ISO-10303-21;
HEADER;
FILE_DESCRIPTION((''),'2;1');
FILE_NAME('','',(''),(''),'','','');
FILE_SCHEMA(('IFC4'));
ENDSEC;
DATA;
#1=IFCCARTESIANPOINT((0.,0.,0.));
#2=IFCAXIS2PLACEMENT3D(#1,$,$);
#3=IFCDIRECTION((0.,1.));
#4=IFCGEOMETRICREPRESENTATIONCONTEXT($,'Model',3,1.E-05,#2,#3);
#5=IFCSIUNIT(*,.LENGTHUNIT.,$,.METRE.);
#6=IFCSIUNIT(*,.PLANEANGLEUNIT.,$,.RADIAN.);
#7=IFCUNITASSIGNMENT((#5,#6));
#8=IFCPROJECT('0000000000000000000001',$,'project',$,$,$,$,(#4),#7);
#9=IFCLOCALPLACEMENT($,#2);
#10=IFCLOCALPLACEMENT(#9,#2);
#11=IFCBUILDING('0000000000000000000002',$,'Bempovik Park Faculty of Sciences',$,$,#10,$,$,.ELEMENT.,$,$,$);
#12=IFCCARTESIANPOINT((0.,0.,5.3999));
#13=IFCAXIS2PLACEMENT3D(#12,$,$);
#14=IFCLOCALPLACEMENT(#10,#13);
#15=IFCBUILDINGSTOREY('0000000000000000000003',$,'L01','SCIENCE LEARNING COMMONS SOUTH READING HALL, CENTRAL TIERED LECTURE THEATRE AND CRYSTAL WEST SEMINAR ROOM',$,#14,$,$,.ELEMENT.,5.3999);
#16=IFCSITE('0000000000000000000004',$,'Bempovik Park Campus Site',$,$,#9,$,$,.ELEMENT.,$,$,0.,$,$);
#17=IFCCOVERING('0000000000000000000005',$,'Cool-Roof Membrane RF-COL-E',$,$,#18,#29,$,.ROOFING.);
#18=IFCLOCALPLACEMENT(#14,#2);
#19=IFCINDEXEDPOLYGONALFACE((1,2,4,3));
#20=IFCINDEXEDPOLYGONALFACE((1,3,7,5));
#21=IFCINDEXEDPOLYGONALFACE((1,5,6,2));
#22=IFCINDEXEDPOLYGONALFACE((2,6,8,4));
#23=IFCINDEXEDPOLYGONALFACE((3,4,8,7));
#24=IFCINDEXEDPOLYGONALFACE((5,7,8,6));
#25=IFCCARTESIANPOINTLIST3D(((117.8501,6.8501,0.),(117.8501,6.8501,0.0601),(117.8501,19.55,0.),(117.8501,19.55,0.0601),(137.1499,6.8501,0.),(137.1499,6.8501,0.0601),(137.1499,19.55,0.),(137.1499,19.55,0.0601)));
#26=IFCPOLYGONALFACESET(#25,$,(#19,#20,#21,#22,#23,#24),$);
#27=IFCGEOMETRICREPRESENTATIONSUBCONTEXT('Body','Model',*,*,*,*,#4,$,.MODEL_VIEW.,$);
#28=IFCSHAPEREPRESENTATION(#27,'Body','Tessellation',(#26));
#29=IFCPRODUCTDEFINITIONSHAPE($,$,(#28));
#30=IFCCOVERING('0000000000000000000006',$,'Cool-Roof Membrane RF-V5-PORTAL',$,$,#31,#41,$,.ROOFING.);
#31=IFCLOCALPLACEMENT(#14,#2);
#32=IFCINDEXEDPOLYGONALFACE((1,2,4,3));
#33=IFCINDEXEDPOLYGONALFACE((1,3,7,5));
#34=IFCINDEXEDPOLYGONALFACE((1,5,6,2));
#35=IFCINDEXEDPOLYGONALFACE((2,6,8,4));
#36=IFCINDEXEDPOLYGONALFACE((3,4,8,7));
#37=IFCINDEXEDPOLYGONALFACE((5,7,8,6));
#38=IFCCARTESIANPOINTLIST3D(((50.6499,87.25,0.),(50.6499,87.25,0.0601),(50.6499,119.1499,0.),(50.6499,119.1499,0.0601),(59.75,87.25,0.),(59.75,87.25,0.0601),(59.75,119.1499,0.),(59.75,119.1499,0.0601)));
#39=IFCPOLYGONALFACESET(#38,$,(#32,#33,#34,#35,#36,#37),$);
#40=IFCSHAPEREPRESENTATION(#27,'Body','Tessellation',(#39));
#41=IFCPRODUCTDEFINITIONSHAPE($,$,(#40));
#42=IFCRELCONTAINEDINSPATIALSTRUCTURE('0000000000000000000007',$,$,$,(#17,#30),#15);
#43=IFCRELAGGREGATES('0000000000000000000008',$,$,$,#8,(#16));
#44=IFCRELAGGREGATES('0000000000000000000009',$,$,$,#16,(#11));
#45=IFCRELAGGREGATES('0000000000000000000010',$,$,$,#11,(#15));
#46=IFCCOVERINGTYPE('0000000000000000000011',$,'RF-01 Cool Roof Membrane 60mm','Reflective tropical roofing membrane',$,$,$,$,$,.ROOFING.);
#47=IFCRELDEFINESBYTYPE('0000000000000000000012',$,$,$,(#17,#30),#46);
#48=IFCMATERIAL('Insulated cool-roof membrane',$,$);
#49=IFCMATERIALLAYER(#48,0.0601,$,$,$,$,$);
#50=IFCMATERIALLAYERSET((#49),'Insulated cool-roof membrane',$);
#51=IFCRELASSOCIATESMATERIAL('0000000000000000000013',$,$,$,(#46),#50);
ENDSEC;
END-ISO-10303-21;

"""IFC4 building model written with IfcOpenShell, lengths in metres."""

from ifc_helpers import new_model, si_unit, direction, frame, origin, place, context, subcontext, project, spatial, polyline, outline, extrude, material, layer, layer_set, type_object, element, save


model = new_model("IFC4")

# Units and contexts
model_context = context("Model", 3, precision=1e-05, world=origin(), true_north=direction((0.0, 1.0)))
body_context = subcontext(model_context, "Body", "Model", "MODEL_VIEW")
ifc_project = project(units=[si_unit("LENGTHUNIT", "METRE"), si_unit("PLANEANGLEUNIT", "RADIAN")], contexts=[model_context])

# Site, building, storey
site_placement = place(None, origin())
site = spatial("IfcSite", under=ifc_project, at=site_placement, Name="Bempovik Park Campus Site", CompositionType="ELEMENT", RefElevation=0.0)
building_placement = place(site_placement, origin())
building = spatial("IfcBuilding", under=site, at=building_placement, Name="Bempovik Park Faculty of Sciences", CompositionType="ELEMENT")
storey_placement = place(building_placement, frame((0.0, 0.0, 5.3999)))
storey = spatial("IfcBuildingStorey", under=building, at=storey_placement, Name="L01", Description="SCIENCE LEARNING COMMONS SOUTH READING HALL, CENTRAL TIERED LECTURE THEATRE AND CRYSTAL WEST SEMINAR ROOM", CompositionType="ELEMENT", Elevation=5.3999)

# Coverings
ifc_material_1 = material(Name="Insulated cool-roof membrane")
ifc_layer_1 = layer(ifc_material_1, 0.0601)
ifc_layer_set_1 = layer_set([ifc_layer_1], Name="Insulated cool-roof membrane")
covering_type = type_object("IfcCoveringType", Name="RF-01 Cool Roof Membrane 60mm", Description="Reflective tropical roofing membrane", PredefinedType="ROOFING", material=ifc_layer_set_1)
covering_1_placement = place(storey_placement, origin())
element("IfcCovering", 1, at=covering_1_placement, inside=storey, type_object=covering_type, Name="Cool-Roof Membrane RF-COL-E", PredefinedType="ROOFING", context=body_context, shape_type="SweptSolid", body=[
    extrude(outline(polyline([(117.8501, 6.8501), (137.1499, 6.8501), (137.1499, 19.55), (117.8501, 19.55), (117.8501, 6.8501)])), origin(), (0.0, 0.0, 1.0), 0.0601),
])
covering_2_placement = place(storey_placement, origin())
element("IfcCovering", 2, at=covering_2_placement, inside=storey, type_object=covering_type, Name="Cool-Roof Membrane RF-V5-PORTAL", PredefinedType="ROOFING", context=body_context, shape_type="SweptSolid", body=[
    extrude(outline(polyline([(50.6499, 87.25), (59.75, 87.25), (59.75, 119.1499), (50.6499, 119.1499), (50.6499, 87.25)])), origin(), (0.0, 0.0, 1.0), 0.0601),
])

save(model, "model.ifc")
